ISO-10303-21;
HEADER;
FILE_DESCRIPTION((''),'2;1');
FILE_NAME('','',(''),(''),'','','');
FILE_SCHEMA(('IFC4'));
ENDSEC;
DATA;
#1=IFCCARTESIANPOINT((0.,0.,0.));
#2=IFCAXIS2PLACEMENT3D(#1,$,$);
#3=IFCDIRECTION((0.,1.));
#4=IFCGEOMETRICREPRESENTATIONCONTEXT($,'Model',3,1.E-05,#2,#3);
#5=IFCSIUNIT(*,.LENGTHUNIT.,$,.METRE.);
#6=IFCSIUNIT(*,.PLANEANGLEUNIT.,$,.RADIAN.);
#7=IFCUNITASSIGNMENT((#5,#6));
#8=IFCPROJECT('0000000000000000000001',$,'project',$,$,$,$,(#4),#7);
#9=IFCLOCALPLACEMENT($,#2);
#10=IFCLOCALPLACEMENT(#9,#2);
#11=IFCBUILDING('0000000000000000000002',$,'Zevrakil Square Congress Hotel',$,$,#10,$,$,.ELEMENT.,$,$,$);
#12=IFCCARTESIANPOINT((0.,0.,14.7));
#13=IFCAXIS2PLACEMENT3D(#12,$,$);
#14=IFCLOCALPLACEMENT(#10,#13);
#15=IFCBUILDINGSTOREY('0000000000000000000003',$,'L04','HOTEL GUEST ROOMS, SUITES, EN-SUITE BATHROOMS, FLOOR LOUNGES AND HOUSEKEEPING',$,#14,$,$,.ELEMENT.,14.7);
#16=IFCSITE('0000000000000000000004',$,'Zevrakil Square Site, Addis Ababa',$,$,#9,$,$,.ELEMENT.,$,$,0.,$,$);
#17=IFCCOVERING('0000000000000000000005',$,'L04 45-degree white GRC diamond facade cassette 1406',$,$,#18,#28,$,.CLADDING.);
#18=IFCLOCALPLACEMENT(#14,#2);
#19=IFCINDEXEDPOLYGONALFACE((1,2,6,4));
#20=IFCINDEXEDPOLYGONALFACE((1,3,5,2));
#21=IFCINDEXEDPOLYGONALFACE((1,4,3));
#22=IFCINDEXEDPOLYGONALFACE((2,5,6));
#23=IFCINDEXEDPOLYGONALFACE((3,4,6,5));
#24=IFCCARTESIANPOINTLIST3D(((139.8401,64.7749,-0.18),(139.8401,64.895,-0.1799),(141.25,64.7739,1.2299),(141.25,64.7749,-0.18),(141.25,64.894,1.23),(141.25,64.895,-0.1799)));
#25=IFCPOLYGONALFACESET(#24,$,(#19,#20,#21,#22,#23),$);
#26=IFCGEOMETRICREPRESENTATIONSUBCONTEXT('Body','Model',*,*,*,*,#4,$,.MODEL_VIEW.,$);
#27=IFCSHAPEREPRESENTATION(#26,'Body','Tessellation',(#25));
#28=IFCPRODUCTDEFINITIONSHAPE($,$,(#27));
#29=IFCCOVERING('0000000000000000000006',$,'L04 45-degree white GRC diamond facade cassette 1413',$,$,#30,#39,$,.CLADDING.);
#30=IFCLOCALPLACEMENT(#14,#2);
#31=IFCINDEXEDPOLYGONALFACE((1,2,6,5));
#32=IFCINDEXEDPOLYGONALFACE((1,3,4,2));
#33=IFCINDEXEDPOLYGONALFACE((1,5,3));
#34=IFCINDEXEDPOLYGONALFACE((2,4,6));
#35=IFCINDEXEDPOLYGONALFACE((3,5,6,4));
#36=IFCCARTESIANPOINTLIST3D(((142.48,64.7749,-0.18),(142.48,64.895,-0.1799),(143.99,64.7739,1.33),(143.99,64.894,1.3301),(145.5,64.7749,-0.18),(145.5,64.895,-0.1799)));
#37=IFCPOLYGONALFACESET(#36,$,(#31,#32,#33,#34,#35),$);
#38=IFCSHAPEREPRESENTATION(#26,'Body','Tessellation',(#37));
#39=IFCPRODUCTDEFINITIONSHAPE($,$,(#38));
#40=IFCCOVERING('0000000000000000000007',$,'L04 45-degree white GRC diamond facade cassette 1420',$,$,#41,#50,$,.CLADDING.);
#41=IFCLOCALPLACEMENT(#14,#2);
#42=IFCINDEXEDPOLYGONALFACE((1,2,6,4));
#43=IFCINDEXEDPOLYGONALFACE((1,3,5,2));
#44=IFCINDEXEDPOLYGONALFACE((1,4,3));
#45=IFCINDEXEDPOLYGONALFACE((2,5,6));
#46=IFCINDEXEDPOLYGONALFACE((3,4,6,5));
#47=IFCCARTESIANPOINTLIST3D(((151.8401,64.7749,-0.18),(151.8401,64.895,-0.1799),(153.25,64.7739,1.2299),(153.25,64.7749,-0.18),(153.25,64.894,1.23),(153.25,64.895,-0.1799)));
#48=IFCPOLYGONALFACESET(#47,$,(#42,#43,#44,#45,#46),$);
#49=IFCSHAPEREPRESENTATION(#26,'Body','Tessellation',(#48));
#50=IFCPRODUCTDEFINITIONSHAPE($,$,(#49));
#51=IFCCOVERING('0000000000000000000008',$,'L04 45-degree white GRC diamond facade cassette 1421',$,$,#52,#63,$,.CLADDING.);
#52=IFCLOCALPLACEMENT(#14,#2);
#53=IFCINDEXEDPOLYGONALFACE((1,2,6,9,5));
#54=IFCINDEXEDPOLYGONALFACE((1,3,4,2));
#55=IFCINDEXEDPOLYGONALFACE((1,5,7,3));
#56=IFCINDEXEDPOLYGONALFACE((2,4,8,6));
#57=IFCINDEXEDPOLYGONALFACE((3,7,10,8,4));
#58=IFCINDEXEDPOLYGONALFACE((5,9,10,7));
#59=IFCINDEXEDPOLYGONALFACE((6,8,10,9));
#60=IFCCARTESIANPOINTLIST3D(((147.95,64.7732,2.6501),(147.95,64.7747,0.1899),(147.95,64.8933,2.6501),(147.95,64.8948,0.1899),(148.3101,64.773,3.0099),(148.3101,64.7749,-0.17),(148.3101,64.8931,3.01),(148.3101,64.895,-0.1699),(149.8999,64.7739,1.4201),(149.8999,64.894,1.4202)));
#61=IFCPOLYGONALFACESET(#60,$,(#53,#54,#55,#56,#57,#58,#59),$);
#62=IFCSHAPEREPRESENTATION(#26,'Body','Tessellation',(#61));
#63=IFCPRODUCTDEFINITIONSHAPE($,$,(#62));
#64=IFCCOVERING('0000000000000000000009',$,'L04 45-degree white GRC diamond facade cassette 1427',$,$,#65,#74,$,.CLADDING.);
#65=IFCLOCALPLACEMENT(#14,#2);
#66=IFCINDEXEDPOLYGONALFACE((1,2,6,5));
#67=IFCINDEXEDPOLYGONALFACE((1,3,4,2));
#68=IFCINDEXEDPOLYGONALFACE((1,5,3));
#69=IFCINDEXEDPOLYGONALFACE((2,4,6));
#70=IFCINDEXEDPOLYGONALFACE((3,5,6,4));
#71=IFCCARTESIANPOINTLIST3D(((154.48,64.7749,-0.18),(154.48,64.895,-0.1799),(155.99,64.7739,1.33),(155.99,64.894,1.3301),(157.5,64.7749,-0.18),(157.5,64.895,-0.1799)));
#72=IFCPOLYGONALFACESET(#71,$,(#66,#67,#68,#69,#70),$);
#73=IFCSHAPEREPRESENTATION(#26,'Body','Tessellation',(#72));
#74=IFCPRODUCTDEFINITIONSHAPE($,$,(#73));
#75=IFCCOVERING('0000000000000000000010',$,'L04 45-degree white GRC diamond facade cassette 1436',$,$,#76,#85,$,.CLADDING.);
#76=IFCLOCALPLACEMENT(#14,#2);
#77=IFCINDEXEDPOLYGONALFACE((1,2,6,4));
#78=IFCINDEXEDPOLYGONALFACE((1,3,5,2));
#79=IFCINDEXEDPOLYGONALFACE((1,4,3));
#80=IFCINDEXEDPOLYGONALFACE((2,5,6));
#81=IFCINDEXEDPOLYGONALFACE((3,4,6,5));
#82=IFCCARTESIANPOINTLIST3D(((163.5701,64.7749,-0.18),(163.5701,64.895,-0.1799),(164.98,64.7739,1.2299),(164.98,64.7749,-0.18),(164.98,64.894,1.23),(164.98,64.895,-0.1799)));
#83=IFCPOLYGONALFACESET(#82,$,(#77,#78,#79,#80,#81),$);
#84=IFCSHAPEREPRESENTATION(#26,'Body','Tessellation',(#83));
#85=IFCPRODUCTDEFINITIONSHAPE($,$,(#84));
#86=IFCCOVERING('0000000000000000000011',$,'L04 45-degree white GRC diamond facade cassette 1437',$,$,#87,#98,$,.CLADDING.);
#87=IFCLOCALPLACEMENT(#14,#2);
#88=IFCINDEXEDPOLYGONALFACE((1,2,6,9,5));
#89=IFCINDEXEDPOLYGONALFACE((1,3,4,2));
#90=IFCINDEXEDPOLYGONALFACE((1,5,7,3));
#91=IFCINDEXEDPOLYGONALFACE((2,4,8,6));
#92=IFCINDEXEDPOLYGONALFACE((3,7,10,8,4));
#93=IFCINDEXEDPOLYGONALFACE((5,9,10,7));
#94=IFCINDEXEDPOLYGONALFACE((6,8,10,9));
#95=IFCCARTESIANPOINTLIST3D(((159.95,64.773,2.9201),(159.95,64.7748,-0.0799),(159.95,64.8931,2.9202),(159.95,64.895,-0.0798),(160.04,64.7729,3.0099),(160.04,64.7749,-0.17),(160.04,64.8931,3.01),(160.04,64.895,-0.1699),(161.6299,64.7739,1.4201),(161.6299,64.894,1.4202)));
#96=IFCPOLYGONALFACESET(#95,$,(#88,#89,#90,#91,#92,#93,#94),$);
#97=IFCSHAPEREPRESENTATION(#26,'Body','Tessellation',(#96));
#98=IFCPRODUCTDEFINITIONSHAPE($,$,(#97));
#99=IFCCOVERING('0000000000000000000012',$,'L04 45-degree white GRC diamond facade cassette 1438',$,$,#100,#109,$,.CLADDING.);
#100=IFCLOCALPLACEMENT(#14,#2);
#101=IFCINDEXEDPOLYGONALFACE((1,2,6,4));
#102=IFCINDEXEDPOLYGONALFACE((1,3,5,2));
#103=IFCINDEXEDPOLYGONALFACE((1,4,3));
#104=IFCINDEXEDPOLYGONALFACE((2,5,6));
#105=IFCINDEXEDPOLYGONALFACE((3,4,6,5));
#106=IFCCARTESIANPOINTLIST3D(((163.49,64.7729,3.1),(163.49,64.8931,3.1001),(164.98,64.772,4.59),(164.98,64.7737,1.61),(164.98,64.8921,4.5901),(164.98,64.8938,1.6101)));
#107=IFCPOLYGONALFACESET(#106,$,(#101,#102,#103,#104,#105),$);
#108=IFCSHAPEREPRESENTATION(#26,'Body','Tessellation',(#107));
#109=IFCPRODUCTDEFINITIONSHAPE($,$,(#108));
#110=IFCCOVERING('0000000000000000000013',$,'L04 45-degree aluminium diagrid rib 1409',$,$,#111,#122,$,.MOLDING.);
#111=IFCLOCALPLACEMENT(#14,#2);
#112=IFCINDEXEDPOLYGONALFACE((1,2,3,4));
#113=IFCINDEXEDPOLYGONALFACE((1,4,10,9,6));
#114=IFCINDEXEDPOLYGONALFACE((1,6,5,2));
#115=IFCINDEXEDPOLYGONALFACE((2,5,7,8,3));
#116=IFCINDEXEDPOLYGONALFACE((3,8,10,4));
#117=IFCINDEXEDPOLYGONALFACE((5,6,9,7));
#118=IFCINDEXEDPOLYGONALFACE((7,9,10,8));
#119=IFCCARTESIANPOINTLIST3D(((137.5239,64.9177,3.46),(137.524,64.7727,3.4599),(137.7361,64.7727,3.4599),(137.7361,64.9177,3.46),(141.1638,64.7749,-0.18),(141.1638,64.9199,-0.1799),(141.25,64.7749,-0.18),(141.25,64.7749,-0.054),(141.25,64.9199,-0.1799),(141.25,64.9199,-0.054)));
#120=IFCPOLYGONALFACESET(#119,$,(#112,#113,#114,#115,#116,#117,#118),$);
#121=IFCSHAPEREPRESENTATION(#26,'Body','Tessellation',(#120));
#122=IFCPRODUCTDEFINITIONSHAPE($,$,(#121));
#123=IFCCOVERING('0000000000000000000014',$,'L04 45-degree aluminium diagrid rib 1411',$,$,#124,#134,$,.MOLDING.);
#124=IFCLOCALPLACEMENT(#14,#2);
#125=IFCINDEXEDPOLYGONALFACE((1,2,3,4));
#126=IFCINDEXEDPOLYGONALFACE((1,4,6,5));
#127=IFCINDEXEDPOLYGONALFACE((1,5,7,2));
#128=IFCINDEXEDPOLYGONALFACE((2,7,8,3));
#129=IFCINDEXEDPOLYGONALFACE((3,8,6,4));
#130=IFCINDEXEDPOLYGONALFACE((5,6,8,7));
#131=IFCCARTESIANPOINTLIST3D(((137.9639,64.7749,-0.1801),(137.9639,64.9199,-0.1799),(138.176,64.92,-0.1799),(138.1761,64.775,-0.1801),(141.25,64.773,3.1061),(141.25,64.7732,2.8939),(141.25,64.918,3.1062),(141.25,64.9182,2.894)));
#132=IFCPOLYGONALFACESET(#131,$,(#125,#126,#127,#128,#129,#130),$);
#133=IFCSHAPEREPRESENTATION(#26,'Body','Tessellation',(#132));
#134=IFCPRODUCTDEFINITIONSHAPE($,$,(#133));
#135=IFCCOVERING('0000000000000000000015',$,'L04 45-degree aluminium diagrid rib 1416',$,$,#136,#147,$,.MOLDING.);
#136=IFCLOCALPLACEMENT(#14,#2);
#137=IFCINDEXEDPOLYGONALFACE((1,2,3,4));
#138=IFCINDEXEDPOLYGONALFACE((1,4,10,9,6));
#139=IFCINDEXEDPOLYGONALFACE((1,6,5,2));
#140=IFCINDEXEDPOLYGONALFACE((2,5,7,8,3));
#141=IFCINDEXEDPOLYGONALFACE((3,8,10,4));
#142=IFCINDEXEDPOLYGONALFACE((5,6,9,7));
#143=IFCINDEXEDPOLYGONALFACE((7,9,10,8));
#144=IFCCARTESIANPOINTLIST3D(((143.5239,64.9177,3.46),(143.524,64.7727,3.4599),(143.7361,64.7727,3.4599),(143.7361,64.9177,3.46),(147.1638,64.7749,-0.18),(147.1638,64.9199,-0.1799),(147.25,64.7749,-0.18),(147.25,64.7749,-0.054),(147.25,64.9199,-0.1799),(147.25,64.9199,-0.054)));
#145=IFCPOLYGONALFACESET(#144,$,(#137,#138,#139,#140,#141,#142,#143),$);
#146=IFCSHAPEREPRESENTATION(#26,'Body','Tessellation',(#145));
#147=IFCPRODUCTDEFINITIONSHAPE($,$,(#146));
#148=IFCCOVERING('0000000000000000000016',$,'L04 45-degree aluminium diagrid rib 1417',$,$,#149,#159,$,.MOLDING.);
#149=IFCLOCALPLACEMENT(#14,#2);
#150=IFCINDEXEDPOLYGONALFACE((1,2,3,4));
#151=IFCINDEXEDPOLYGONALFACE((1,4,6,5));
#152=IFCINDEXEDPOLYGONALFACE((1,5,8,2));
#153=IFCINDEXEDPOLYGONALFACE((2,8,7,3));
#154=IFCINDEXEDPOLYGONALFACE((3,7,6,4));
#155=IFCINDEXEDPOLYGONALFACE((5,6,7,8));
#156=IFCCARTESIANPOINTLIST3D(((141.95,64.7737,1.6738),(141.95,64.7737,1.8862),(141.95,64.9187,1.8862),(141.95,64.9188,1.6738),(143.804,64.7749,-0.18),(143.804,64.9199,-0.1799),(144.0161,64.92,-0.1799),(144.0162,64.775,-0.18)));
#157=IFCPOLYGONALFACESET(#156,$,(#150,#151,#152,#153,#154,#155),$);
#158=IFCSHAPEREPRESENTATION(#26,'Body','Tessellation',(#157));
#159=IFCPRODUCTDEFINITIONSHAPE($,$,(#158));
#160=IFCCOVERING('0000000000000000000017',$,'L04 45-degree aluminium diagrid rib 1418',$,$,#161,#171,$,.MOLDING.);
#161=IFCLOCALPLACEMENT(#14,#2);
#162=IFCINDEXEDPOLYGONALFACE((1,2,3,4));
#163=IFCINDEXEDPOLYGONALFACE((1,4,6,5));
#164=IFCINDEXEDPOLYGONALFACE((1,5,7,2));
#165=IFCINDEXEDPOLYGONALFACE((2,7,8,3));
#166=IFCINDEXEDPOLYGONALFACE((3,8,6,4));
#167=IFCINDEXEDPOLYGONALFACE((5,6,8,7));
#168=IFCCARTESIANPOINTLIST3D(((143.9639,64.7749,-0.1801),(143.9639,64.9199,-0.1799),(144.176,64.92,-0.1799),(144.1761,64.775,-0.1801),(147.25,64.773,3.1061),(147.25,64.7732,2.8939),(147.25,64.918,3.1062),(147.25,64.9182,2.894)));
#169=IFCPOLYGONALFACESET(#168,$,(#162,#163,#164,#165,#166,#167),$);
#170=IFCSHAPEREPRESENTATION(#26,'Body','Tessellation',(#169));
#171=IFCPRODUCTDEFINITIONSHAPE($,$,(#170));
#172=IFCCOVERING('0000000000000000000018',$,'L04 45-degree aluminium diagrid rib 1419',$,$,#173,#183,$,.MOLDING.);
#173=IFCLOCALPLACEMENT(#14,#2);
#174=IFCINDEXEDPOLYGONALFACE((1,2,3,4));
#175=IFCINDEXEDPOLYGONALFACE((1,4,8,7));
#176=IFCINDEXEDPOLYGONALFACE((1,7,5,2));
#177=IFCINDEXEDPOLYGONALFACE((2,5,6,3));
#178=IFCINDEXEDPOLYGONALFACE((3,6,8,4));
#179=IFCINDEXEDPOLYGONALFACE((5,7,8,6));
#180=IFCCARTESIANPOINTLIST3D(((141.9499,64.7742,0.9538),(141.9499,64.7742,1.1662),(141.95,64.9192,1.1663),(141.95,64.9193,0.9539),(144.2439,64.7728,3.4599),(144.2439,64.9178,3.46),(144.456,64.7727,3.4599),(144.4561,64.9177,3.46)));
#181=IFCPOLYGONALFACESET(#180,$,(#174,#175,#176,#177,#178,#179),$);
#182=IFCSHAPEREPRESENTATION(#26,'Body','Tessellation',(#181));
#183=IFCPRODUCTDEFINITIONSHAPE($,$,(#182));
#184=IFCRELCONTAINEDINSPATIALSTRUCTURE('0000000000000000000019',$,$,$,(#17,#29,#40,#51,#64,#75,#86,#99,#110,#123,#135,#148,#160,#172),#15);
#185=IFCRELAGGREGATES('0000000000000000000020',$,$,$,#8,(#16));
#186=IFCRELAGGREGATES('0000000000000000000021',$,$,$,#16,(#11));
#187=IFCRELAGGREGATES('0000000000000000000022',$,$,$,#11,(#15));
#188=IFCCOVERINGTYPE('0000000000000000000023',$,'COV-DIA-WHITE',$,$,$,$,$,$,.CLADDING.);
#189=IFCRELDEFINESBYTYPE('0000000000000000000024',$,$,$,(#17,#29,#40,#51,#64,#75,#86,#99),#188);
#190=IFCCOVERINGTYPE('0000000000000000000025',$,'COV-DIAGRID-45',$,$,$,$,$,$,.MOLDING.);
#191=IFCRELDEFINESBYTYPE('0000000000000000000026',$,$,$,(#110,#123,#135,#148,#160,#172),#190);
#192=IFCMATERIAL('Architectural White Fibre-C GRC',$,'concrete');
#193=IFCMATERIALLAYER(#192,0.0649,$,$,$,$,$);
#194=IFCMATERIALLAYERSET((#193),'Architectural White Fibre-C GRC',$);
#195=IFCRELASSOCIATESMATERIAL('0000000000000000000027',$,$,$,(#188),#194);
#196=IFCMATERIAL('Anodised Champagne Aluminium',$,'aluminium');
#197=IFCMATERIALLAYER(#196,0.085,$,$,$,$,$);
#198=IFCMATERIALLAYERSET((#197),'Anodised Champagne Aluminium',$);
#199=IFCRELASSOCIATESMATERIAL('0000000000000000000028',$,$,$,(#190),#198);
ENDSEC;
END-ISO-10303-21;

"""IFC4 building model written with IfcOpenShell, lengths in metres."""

from ifc_helpers import new_model, si_unit, direction, frame, origin, place, context, subcontext, project, spatial, polyline, outline, extrude, material, layer, layer_set, type_object, element, save


model = new_model("IFC4")

# Units and contexts
model_context = context("Model", 3, precision=1e-05, world=origin(), true_north=direction((0.0, 1.0)))
body_context = subcontext(model_context, "Body", "Model", "MODEL_VIEW")
ifc_project = project(units=[si_unit("LENGTHUNIT", "METRE"), si_unit("PLANEANGLEUNIT", "RADIAN")], contexts=[model_context])

# Site, building, storey
site_placement = place(None, origin())
site = spatial("IfcSite", under=ifc_project, at=site_placement, Name="Zevrakil Square Site, Addis Ababa", CompositionType="ELEMENT", RefElevation=0.0)
building_placement = place(site_placement, origin())
building = spatial("IfcBuilding", under=site, at=building_placement, Name="Zevrakil Square Congress Hotel", CompositionType="ELEMENT")
storey_placement = place(building_placement, frame((0.0, 0.0, 14.7)))
storey = spatial("IfcBuildingStorey", under=building, at=storey_placement, Name="L04", Description="HOTEL GUEST ROOMS, SUITES, EN-SUITE BATHROOMS, FLOOR LOUNGES AND HOUSEKEEPING", CompositionType="ELEMENT", Elevation=14.7)

# Coverings
ifc_material_1 = material(Name="Architectural White Fibre-C GRC", Category="concrete")
ifc_layer_1 = layer(ifc_material_1, 0.0649)
ifc_layer_set_1 = layer_set([ifc_layer_1], Name="Architectural White Fibre-C GRC")
covering_type_1 = type_object("IfcCoveringType", Name="COV-DIA-WHITE", PredefinedType="CLADDING", material=ifc_layer_set_1)
covering_1_placement = place(storey_placement, frame((139.8401, 64.895, -0.1799), z_axis=(0.0, 1.0, 0.000693), x_axis=(1.0, 0.0, 0.0)))
element("IfcCovering", 1, at=covering_1_placement, inside=storey, type_object=covering_type_1, Name="L04 45-degree white GRC diamond facade cassette 1406", PredefinedType="CLADDING", context=body_context, shape_type="SweptSolid", body=[
    extrude(outline(polyline([(0.0, 0.0), (1.4099, 0.0), (1.4099, -1.4099), (0.0, 0.0)])), origin(), (0.0, 0.0, -1.0), 0.1201),
])
covering_2_placement = place(storey_placement, frame((143.99, 64.894, 1.3301), z_axis=(0.0, 1.0, 0.000647), x_axis=(-0.707107, 0.000457, -0.707107)))
element("IfcCovering", 2, at=covering_2_placement, inside=storey, type_object=covering_type_1, Name="L04 45-degree white GRC diamond facade cassette 1413", PredefinedType="CLADDING", context=body_context, shape_type="SweptSolid", body=[
    extrude(outline(polyline([(0.0, 0.0), (2.1355, 0.0), (0.0, -2.1355), (0.0, 0.0)])), origin(), (0.0, 0.0, -1.0), 0.1201),
])
covering_3_placement = place(storey_placement, frame((151.8401, 64.895, -0.1799), z_axis=(0.0, 1.0, 0.000693), x_axis=(1.0, 0.0, 0.0)))
element("IfcCovering", 3, at=covering_3_placement, inside=storey, type_object=covering_type_1, Name="L04 45-degree white GRC diamond facade cassette 1420", PredefinedType="CLADDING", context=body_context, shape_type="SweptSolid", body=[
    extrude(outline(polyline([(0.0, 0.0), (1.4099, 0.0), (1.4099, -1.4099), (0.0, 0.0)])), origin(), (0.0, 0.0, -1.0), 0.1201),
])
covering_4_placement = place(storey_placement, frame((148.3101, 64.895, -0.1699), z_axis=(0.0, 1.0, 0.000612), x_axis=(0.707052, -0.000433, 0.707161)))
element("IfcCovering", 4, at=covering_4_placement, inside=storey, type_object=covering_type_1, Name="L04 45-degree white GRC diamond facade cassette 1421", PredefinedType="CLADDING", context=body_context, shape_type="SweptSolid", body=[
    extrude(outline(polyline([(0.0, 0.0), (2.2486, 0.0), (2.2487, -2.2484), (1.7396, -2.2486), (-0.0001, -0.5091), (0.0, 0.0)])), origin(), (0.0, 0.0, -1.0), 0.1201),
])
covering_5_placement = place(storey_placement, frame((155.99, 64.894, 1.3301), z_axis=(0.0, 1.0, 0.000647), x_axis=(-0.707107, 0.000457, -0.707107)))
element("IfcCovering", 5, at=covering_5_placement, inside=storey, type_object=covering_type_1, Name="L04 45-degree white GRC diamond facade cassette 1427", PredefinedType="CLADDING", context=body_context, shape_type="SweptSolid", body=[
    extrude(outline(polyline([(0.0, 0.0), (2.1355, 0.0), (0.0, -2.1355), (0.0, 0.0)])), origin(), (0.0, 0.0, -1.0), 0.1201),
])
covering_6_placement = place(storey_placement, frame((163.5701, 64.895, -0.1799), z_axis=(0.0, 1.0, 0.000693), x_axis=(1.0, 0.0, 0.0)))
element("IfcCovering", 6, at=covering_6_placement, inside=storey, type_object=covering_type_1, Name="L04 45-degree white GRC diamond facade cassette 1436", PredefinedType="CLADDING", context=body_context, shape_type="SweptSolid", body=[
    extrude(outline(polyline([(0.0, 0.0), (1.4099, 0.0), (1.4099, -1.4099), (0.0, 0.0)])), origin(), (0.0, 0.0, -1.0), 0.1201),
])
covering_7_placement = place(storey_placement, frame((160.04, 64.895, -0.1699), z_axis=(0.0, 1.0, 0.000616), x_axis=(0.707052, -0.000436, 0.707161)))
element("IfcCovering", 7, at=covering_7_placement, inside=storey, type_object=covering_type_1, Name="L04 45-degree white GRC diamond facade cassette 1437", PredefinedType="CLADDING", context=body_context, shape_type="SweptSolid", body=[
    extrude(outline(polyline([(0.0, 0.0), (2.2486, 0.0), (2.2487, -2.2484), (2.1215, -2.2486), (0.0, -0.1274), (0.0, 0.0)])), origin(), (0.0, 0.0, -1.0), 0.1201),
])
covering_8_placement = place(storey_placement, frame((163.49, 64.8931, 3.1001), z_axis=(0.000082, 1.0, 0.000573), x_axis=(0.707107, 0.000348, -0.707107)))
element("IfcCovering", 8, at=covering_8_placement, inside=storey, type_object=covering_type_1, Name="L04 45-degree white GRC diamond facade cassette 1438", PredefinedType="CLADDING", context=body_context, shape_type="SweptSolid", body=[
    extrude(outline(polyline([(0.0, 0.0), (2.1072, 0.0), (0.0, -2.1072), (0.0, 0.0)])), origin(), (0.0, 0.0, -1.0), 0.1201),
])
ifc_material_2 = material(Name="Anodised Champagne Aluminium", Category="aluminium")
ifc_layer_2 = layer(ifc_material_2, 0.085)
ifc_layer_set_2 = layer_set([ifc_layer_2], Name="Anodised Champagne Aluminium")
covering_type_2 = type_object("IfcCoveringType", Name="COV-DIAGRID-45", PredefinedType="MOLDING", material=ifc_layer_set_2)
covering_9_placement = place(storey_placement, frame((141.1638, 64.9199, -0.1799), z_axis=(-0.000181, 1.0, 0.000429), x_axis=(1.0, 0.000181, 0.0)))
element("IfcCovering", 9, at=covering_9_placement, inside=storey, type_object=covering_type_2, Name="L04 45-degree aluminium diagrid rib 1409", PredefinedType="MOLDING", context=body_context, shape_type="SweptSolid", body=[
    extrude(outline(polyline([(0.0, 0.0), (0.0862, 0.0), (0.0862, -0.126), (-3.4277, -3.6399), (-3.6399, -3.6399), (0.0, 0.0)])), origin(), (0.0, 0.0, -1.0), 0.145),
])
covering_10_placement = place(storey_placement, frame((141.25, 64.9182, 2.894), z_axis=(-0.000287, 1.0, 0.000863), x_axis=(0.0, -0.000863, 1.0)))
element("IfcCovering", 10, at=covering_10_placement, inside=storey, type_object=covering_type_2, Name="L04 45-degree aluminium diagrid rib 1411", PredefinedType="MOLDING", context=body_context, shape_type="SweptSolid", body=[
    extrude(outline(polyline([(0.0, 0.0), (0.2122, 0.0), (-3.074, -3.2861), (-3.074, -3.074), (0.0, 0.0)])), origin(), (0.0, 0.0, -1.0), 0.145),
])
covering_11_placement = place(storey_placement, frame((147.1638, 64.9199, -0.1799), z_axis=(-0.000181, 1.0, 0.000429), x_axis=(1.0, 0.000181, 0.0)))
element("IfcCovering", 11, at=covering_11_placement, inside=storey, type_object=covering_type_2, Name="L04 45-degree aluminium diagrid rib 1416", PredefinedType="MOLDING", context=body_context, shape_type="SweptSolid", body=[
    extrude(outline(polyline([(0.0, 0.0), (0.0862, 0.0), (0.0862, -0.126), (-3.4277, -3.6399), (-3.6399, -3.6399), (0.0, 0.0)])), origin(), (0.0, 0.0, -1.0), 0.145),
])
covering_12_placement = place(storey_placement, frame((143.804, 64.9199, -0.1799), z_axis=(-0.000312, 1.0, 0.000311), x_axis=(1.0, 0.000312, 0.0)))
element("IfcCovering", 12, at=covering_12_placement, inside=storey, type_object=covering_type_2, Name="L04 45-degree aluminium diagrid rib 1417", PredefinedType="MOLDING", context=body_context, shape_type="SweptSolid", body=[
    extrude(outline(polyline([(0.0, 0.0), (0.2122, 0.0), (-1.854, -2.0662), (-1.854, -1.8538), (0.0, 0.0)])), origin(), (0.0, 0.0, -1.0), 0.145),
])
covering_13_placement = place(storey_placement, frame((147.25, 64.9182, 2.894), z_axis=(-0.000287, 1.0, 0.000863), x_axis=(0.0, -0.000863, 1.0)))
element("IfcCovering", 13, at=covering_13_placement, inside=storey, type_object=covering_type_2, Name="L04 45-degree aluminium diagrid rib 1418", PredefinedType="MOLDING", context=body_context, shape_type="SweptSolid", body=[
    extrude(outline(polyline([(0.0, 0.0), (0.2122, 0.0), (-3.074, -3.2861), (-3.074, -3.074), (0.0, 0.0)])), origin(), (0.0, 0.0, -1.0), 0.145),
])
covering_14_placement = place(storey_placement, frame((144.4561, 64.9177, 3.46), z_axis=(0.000305, 1.0, 0.000305), x_axis=(-1.0, 0.000305, 0.0)))
element("IfcCovering", 14, at=covering_14_placement, inside=storey, type_object=covering_type_2, Name="L04 45-degree aluminium diagrid rib 1419", PredefinedType="MOLDING", context=body_context, shape_type="SweptSolid", body=[
    extrude(outline(polyline([(0.0, 0.0), (0.2122, 0.0), (2.5061, -2.2937), (2.5061, -2.5061), (0.0, 0.0)])), origin(), (0.0, 0.0, -1.0), 0.145),
])

save(model, "model.ifc")
